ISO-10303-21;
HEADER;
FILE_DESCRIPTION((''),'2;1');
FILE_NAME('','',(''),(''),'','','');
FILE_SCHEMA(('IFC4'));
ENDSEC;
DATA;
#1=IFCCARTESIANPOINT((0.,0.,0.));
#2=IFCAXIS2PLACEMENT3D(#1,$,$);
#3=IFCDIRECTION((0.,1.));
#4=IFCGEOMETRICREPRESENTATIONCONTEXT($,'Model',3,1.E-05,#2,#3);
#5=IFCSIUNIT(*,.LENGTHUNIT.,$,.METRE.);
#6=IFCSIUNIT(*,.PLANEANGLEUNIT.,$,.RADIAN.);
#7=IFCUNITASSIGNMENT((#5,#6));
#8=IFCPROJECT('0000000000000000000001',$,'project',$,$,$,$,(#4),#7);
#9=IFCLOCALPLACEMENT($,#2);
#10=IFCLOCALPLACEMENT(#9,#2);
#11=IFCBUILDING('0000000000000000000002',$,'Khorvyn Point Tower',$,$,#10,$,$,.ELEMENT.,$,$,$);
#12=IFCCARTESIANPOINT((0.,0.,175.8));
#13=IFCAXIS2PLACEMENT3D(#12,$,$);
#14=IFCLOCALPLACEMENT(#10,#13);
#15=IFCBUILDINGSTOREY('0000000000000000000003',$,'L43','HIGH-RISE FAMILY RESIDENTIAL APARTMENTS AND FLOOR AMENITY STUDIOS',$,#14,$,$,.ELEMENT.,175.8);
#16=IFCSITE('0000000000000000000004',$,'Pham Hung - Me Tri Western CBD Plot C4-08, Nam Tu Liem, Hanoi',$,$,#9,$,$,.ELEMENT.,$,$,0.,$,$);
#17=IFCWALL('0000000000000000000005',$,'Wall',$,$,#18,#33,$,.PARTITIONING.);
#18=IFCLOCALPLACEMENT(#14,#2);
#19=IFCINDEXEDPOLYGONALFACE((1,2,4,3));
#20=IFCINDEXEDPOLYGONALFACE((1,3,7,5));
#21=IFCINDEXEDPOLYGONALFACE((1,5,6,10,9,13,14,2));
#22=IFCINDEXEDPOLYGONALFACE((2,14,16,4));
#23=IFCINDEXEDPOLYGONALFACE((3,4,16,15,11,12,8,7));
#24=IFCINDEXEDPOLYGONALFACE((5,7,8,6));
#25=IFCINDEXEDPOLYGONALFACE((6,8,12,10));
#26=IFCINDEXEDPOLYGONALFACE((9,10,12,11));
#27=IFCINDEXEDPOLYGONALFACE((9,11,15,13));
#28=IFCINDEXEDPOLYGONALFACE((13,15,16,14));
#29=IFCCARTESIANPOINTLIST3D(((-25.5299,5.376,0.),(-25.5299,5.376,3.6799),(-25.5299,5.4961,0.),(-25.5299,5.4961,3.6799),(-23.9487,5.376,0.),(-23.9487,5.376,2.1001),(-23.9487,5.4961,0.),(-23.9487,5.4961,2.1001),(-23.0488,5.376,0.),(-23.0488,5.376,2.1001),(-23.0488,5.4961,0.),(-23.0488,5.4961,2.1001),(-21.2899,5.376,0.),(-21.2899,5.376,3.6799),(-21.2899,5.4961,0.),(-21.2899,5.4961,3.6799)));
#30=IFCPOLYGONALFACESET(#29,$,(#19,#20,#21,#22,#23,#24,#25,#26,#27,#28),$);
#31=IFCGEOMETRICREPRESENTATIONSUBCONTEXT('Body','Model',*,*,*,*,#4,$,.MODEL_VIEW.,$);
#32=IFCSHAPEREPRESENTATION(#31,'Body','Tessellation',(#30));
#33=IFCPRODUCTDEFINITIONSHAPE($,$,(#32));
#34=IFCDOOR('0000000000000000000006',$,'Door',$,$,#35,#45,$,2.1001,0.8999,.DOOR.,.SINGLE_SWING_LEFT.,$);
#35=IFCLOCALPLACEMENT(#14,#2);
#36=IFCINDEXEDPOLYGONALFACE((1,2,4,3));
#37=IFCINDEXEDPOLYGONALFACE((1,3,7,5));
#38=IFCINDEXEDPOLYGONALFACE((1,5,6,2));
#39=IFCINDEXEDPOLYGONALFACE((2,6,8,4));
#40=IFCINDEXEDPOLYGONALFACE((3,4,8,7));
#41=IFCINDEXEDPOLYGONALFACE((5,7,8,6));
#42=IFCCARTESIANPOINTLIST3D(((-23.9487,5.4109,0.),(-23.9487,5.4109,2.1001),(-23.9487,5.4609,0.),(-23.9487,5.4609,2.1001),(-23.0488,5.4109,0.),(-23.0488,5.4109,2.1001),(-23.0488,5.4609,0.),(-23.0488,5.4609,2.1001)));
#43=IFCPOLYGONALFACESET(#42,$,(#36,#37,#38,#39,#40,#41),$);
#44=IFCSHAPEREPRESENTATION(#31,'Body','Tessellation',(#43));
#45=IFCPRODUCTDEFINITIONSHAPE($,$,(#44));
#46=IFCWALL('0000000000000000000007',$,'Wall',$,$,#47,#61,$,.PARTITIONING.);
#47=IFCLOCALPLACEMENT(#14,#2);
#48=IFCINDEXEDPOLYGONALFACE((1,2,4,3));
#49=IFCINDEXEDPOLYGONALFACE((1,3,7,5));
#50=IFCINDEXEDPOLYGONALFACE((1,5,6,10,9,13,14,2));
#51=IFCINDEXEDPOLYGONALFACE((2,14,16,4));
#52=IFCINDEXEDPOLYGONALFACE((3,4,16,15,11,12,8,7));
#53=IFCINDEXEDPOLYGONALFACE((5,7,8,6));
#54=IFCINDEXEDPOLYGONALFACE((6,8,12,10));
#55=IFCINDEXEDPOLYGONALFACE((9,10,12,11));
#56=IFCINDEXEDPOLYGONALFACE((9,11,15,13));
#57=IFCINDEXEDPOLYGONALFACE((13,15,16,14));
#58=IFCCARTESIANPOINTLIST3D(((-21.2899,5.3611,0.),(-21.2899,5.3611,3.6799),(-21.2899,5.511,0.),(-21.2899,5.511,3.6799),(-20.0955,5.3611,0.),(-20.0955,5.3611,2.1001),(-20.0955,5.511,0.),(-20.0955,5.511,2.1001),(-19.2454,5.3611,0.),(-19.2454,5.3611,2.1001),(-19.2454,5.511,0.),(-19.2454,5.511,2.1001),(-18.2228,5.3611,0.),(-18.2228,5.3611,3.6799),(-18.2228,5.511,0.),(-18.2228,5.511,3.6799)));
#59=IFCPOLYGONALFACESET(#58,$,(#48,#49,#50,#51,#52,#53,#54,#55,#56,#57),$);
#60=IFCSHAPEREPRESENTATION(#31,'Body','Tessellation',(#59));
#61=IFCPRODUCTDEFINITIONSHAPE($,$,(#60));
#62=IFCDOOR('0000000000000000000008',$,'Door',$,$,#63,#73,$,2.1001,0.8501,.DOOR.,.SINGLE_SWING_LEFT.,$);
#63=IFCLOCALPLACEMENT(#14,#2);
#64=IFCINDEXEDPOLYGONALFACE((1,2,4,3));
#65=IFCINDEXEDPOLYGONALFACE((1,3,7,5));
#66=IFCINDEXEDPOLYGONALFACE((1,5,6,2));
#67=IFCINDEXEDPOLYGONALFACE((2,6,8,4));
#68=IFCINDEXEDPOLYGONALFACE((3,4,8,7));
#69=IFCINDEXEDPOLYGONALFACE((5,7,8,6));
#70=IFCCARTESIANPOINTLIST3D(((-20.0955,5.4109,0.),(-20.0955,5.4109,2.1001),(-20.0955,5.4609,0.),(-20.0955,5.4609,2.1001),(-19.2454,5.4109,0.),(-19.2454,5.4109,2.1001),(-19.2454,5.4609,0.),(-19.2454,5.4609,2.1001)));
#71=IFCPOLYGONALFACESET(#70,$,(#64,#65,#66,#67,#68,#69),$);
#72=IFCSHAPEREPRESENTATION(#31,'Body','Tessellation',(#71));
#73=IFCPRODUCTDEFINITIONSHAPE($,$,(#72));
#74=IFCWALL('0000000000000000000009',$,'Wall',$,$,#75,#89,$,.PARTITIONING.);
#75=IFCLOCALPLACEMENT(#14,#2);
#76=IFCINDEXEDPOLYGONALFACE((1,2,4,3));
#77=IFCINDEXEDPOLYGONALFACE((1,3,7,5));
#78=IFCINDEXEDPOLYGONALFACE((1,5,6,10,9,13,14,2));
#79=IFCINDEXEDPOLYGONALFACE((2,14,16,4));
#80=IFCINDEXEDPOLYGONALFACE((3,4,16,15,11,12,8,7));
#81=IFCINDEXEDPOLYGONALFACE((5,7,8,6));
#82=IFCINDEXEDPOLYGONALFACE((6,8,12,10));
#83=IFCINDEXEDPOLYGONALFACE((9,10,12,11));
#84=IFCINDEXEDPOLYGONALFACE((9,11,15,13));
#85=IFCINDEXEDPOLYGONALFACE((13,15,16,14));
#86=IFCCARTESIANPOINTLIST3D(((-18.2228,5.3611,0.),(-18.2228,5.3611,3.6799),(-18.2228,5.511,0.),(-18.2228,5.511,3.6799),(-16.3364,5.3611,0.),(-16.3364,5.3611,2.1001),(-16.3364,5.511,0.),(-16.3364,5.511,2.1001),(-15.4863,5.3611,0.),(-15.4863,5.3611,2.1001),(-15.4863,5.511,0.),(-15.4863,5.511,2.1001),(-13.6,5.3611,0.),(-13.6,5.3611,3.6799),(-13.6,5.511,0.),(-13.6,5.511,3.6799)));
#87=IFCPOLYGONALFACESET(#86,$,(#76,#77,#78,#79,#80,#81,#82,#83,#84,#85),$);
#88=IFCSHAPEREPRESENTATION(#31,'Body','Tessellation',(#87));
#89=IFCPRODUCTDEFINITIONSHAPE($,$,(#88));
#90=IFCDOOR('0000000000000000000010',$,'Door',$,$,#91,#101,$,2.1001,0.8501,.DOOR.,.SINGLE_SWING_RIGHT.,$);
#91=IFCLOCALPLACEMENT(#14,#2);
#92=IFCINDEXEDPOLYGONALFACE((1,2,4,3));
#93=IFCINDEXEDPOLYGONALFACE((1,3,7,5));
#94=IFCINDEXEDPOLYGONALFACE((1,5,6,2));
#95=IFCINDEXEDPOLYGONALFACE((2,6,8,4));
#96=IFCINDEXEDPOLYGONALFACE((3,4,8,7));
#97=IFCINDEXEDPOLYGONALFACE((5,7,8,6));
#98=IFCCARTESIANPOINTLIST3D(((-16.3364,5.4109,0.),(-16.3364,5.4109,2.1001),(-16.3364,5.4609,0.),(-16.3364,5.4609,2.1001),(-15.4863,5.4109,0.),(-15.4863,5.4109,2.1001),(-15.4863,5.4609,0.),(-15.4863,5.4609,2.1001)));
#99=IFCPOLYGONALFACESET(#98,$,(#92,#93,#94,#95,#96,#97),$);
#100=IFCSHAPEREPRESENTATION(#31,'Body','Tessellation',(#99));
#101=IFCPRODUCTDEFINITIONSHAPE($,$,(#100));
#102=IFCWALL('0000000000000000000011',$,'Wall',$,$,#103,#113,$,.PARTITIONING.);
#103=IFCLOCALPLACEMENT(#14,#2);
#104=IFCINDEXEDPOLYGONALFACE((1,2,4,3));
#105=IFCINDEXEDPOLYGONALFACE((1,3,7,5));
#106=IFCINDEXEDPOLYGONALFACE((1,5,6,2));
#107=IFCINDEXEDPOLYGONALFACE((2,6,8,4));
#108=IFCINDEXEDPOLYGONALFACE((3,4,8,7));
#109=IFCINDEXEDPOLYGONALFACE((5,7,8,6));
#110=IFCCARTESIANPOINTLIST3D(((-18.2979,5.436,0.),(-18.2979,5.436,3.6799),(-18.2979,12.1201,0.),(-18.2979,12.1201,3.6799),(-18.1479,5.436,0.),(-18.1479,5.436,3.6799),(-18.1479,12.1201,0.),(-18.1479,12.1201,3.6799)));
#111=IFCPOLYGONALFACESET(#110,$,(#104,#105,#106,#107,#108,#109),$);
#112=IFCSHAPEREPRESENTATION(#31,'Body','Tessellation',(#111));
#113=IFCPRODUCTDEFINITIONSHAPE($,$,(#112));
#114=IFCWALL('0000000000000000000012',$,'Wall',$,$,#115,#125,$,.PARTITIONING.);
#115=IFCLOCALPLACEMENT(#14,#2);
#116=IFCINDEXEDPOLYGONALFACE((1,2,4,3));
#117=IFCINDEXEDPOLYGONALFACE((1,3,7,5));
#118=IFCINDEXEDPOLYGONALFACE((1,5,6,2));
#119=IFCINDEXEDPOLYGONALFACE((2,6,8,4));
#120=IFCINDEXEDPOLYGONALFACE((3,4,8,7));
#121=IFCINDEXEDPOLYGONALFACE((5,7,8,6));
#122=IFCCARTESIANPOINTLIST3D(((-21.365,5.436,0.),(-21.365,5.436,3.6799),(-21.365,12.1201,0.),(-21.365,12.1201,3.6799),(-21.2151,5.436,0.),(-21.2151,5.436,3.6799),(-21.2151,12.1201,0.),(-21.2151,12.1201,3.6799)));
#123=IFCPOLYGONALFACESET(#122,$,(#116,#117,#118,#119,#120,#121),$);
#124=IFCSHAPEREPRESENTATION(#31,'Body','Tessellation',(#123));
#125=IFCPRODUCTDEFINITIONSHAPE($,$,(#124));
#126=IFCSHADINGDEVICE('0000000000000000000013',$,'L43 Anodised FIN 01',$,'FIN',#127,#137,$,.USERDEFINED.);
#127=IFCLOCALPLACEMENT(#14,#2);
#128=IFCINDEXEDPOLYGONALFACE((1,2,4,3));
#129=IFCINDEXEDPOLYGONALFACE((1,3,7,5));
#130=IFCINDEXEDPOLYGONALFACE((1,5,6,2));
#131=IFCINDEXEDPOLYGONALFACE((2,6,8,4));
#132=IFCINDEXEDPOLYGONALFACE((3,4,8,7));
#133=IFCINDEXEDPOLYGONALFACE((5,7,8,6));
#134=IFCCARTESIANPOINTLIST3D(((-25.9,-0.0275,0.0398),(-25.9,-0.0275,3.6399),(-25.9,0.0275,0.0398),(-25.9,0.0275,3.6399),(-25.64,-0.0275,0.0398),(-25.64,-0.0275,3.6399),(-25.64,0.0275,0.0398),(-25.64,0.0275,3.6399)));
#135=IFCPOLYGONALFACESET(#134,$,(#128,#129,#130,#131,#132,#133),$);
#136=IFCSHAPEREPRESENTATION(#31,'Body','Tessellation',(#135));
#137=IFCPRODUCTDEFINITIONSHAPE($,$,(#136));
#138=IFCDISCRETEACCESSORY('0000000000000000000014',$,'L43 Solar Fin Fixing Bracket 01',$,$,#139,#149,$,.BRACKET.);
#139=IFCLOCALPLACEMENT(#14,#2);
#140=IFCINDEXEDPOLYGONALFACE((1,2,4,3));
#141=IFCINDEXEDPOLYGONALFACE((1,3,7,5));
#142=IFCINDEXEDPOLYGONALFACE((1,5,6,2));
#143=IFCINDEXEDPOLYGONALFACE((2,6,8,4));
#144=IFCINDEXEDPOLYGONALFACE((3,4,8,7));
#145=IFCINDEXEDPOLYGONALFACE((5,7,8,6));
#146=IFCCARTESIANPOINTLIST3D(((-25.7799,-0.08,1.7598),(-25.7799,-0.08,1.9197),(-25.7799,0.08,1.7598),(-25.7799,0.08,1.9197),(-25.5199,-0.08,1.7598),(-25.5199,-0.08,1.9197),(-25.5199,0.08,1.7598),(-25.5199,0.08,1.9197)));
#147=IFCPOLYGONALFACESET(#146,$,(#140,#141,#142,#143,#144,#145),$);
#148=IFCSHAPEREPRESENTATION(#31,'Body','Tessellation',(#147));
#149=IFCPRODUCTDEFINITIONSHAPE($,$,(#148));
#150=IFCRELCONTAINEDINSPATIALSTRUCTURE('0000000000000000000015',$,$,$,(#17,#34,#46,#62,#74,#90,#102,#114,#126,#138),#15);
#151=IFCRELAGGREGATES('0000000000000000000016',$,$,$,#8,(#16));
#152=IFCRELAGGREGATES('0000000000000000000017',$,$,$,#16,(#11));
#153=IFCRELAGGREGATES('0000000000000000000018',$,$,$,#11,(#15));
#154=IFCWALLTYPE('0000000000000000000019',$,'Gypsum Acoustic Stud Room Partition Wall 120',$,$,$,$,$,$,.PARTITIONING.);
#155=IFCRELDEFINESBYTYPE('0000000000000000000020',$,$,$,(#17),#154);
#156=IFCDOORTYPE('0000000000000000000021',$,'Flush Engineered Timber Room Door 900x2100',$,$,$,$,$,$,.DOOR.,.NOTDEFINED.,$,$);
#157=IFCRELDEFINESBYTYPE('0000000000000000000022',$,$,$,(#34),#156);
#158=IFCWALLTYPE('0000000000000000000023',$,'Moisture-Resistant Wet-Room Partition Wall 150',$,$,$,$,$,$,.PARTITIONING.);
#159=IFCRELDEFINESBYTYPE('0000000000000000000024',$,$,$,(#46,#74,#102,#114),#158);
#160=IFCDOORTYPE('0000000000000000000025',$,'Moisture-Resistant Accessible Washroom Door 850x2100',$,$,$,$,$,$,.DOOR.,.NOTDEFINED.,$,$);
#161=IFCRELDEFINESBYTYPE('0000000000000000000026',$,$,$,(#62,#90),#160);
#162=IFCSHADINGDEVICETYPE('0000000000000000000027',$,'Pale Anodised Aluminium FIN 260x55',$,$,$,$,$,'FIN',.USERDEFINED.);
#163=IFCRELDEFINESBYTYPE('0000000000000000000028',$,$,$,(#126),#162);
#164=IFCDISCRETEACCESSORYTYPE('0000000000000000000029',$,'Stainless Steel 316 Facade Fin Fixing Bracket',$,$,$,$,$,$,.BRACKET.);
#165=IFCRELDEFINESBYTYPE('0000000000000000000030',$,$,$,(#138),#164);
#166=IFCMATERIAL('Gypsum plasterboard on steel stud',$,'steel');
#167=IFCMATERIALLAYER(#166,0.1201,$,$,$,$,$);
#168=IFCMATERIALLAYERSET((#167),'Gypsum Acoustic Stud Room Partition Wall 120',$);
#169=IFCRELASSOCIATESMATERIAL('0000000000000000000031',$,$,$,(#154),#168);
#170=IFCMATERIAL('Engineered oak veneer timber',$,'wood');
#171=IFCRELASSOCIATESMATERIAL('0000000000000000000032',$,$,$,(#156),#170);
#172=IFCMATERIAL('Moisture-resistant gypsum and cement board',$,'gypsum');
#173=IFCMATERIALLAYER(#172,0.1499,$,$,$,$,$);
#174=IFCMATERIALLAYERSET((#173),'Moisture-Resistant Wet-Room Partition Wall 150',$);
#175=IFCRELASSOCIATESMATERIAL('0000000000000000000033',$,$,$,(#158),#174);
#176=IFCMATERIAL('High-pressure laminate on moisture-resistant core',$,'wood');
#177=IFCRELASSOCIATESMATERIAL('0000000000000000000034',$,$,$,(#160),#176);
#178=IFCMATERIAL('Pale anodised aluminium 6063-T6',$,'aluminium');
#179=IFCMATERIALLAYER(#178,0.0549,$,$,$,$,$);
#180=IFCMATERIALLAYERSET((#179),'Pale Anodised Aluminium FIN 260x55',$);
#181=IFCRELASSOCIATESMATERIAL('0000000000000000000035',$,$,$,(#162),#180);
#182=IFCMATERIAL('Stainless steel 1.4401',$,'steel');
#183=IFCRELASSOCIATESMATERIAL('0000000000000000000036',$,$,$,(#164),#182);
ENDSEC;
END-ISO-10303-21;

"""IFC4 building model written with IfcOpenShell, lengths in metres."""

from ifc_helpers import new_model, si_unit, direction, frame, frame_2d, origin, origin_2d, place, context, subcontext, project, spatial, rectangle, extrude, material, layer, layer_set, type_object, element, fill, save


model = new_model("IFC4")

# Units and contexts
model_context = context("Model", 3, precision=1e-05, world=origin(), true_north=direction((0.0, 1.0)))
body_context = subcontext(model_context, "Body", "Model", "MODEL_VIEW")
ifc_project = project(units=[si_unit("LENGTHUNIT", "METRE"), si_unit("PLANEANGLEUNIT", "RADIAN")], contexts=[model_context])

# Site, building, storey
site_placement = place(None, origin())
site = spatial("IfcSite", under=ifc_project, at=site_placement, Name="Pham Hung - Me Tri Western CBD Plot C4-08, Nam Tu Liem, Hanoi", CompositionType="ELEMENT", RefElevation=0.0)
building_placement = place(site_placement, origin())
building = spatial("IfcBuilding", under=site, at=building_placement, Name="Khorvyn Point Tower", CompositionType="ELEMENT")
storey_placement = place(building_placement, frame((0.0, 0.0, 175.8)))
storey = spatial("IfcBuildingStorey", under=building, at=storey_placement, Name="L43", Description="HIGH-RISE FAMILY RESIDENTIAL APARTMENTS AND FLOOR AMENITY STUDIOS", CompositionType="ELEMENT", Elevation=175.8)

# Walls, openings, doors
ifc_material_1 = material(Name="Gypsum plasterboard on steel stud", Category="steel")
ifc_layer_1 = layer(ifc_material_1, 0.1201)
ifc_layer_set_1 = layer_set([ifc_layer_1], Name="Gypsum Acoustic Stud Room Partition Wall 120")
wall_type_1 = type_object("IfcWallType", Name="Gypsum Acoustic Stud Room Partition Wall 120", PredefinedType="PARTITIONING", material=ifc_layer_set_1)
wall_1_placement = place(storey_placement, frame((-25.53, 5.436, 0.0), z_axis=(0.0, 0.0, 1.0), x_axis=(1.0, 0.0, 0.0)))
wall_1 = element("IfcWall", 1, at=wall_1_placement, inside=storey, type_object=wall_type_1, Name="Wall", PredefinedType="PARTITIONING", context=body_context, shape_type="SweptSolid", body=[
    extrude(rectangle(XDim=4.24, YDim=0.1201, at=frame_2d((2.1201, 0.0))), origin(), (0.0, 0.0, 1.0), 3.6799),
])
opening_1_placement = place(wall_1_placement, frame((1.5813, 0.0, 0.0)))
opening_1 = element("IfcOpeningElement", 2, at=opening_1_placement, cuts=wall_1, PredefinedType="OPENING", context=body_context, shape_type="SweptSolid", body=[
    extrude(rectangle(XDim=0.8999, YDim=2.1001, at=frame_2d((0.45, 1.05))), frame((0.0, 0.0701, 0.0), z_axis=(0.0, -1.0, 0.0), x_axis=(1.0, 0.0, 0.0)), (0.0, 0.0, 1.0), 0.1401),
])
ifc_material_2 = material(Name="Engineered oak veneer timber", Category="wood")
door_type_1 = type_object("IfcDoorType", Name="Flush Engineered Timber Room Door 900x2100", OperationType="NOTDEFINED", PredefinedType="DOOR", material=ifc_material_2)
door_1_placement = place(opening_1_placement, origin())
door_1 = element("IfcDoor", 3, at=door_1_placement, inside=storey, type_object=door_type_1, Name="Door", OperationType="SINGLE_SWING_LEFT", OverallHeight=2.1001, OverallWidth=0.8999, PredefinedType="DOOR", context=body_context, shape_type="SweptSolid", body=[
    extrude(rectangle(XDim=0.8999, YDim=2.1001, at=frame_2d((0.45, 1.05))), frame((0.0, 0.0249, 0.0), z_axis=(0.0, -1.0, 0.0), x_axis=(1.0, 0.0, 0.0)), (0.0, 0.0, 1.0), 0.05),
])
fill(opening_1, door_1)
ifc_material_3 = material(Name="Moisture-resistant gypsum and cement board", Category="gypsum")
ifc_layer_2 = layer(ifc_material_3, 0.1499)
ifc_layer_set_2 = layer_set([ifc_layer_2], Name="Moisture-Resistant Wet-Room Partition Wall 150")
wall_type_2 = type_object("IfcWallType", Name="Moisture-Resistant Wet-Room Partition Wall 150", PredefinedType="PARTITIONING", material=ifc_layer_set_2)
wall_2_placement = place(storey_placement, frame((-21.29, 5.436, 0.0), z_axis=(0.0, 0.0, 1.0), x_axis=(1.0, 0.0, 0.0)))
wall_2 = element("IfcWall", 4, at=wall_2_placement, inside=storey, type_object=wall_type_2, Name="Wall", PredefinedType="PARTITIONING", context=body_context, shape_type="SweptSolid", body=[
    extrude(rectangle(XDim=3.0671, YDim=0.1499, at=frame_2d((1.5337, 0.0))), origin(), (0.0, 0.0, 1.0), 3.6799),
])
opening_2_placement = place(wall_2_placement, frame((1.1946, 0.0, 0.0)))
opening_2 = element("IfcOpeningElement", 5, at=opening_2_placement, cuts=wall_2, PredefinedType="OPENING", context=body_context, shape_type="SweptSolid", body=[
    extrude(rectangle(XDim=0.8501, YDim=2.1001, at=frame_2d((0.425, 1.05))), frame((0.0, 0.085, 0.0), z_axis=(0.0, -1.0, 0.0), x_axis=(1.0, 0.0, 0.0)), (0.0, 0.0, 1.0), 0.1699),
])
ifc_material_4 = material(Name="High-pressure laminate on moisture-resistant core", Category="wood")
door_type_2 = type_object("IfcDoorType", Name="Moisture-Resistant Accessible Washroom Door 850x2100", OperationType="NOTDEFINED", PredefinedType="DOOR", material=ifc_material_4)
door_2_placement = place(opening_2_placement, origin())
door_2 = element("IfcDoor", 6, at=door_2_placement, inside=storey, type_object=door_type_2, Name="Door", OperationType="SINGLE_SWING_LEFT", OverallHeight=2.1001, OverallWidth=0.8501, PredefinedType="DOOR", context=body_context, shape_type="SweptSolid", body=[
    extrude(rectangle(XDim=0.8501, YDim=2.1001, at=frame_2d((0.425, 1.05))), frame((0.0, 0.0249, 0.0), z_axis=(0.0, -1.0, 0.0), x_axis=(1.0, 0.0, 0.0)), (0.0, 0.0, 1.0), 0.05),
])
fill(opening_2, door_2)
wall_3_placement = place(storey_placement, frame((-18.2229, 5.436, 0.0), z_axis=(0.0, 0.0, 1.0), x_axis=(1.0, 0.0, 0.0)))
wall_3 = element("IfcWall", 7, at=wall_3_placement, inside=storey, type_object=wall_type_2, Name="Wall", PredefinedType="PARTITIONING", context=body_context, shape_type="SweptSolid", body=[
    extrude(rectangle(XDim=4.6228, YDim=0.1499, at=frame_2d((2.3115, 0.0))), origin(), (0.0, 0.0, 1.0), 3.6799),
])
opening_3_placement = place(wall_3_placement, frame((1.8865, 0.0, 0.0)))
opening_3 = element("IfcOpeningElement", 8, at=opening_3_placement, cuts=wall_3, PredefinedType="OPENING", context=body_context, shape_type="SweptSolid", body=[
    extrude(rectangle(XDim=0.8501, YDim=2.1001, at=frame_2d((0.425, 1.05))), frame((0.0, 0.085, 0.0), z_axis=(0.0, -1.0, 0.0), x_axis=(1.0, 0.0, 0.0)), (0.0, 0.0, 1.0), 0.1699),
])
door_3_placement = place(opening_3_placement, origin())
door_3 = element("IfcDoor", 9, at=door_3_placement, inside=storey, type_object=door_type_2, Name="Door", OperationType="SINGLE_SWING_RIGHT", OverallHeight=2.1001, OverallWidth=0.8501, PredefinedType="DOOR", context=body_context, shape_type="SweptSolid", body=[
    extrude(rectangle(XDim=0.8501, YDim=2.1001, at=frame_2d((0.425, 1.05))), frame((0.0, 0.0249, 0.0), z_axis=(0.0, -1.0, 0.0), x_axis=(1.0, 0.0, 0.0)), (0.0, 0.0, 1.0), 0.05),
])
fill(opening_3, door_3)

# Walls
for number, where, z_axis, x_axis, name in (
    (10, (-18.2229, 5.436, 0.0), (0.0, 0.0, 1.0), (0.0, 1.0, 0.0), "Wall"),
    (11, (-21.29, 5.436, 0.0), (0.0, 0.0, 1.0), (0.0, 1.0, 0.0), "Wall"),
):
    element("IfcWall", number, at=place(storey_placement, frame(where, z_axis=z_axis, x_axis=x_axis)), inside=storey, type_object=wall_type_2, Name=name, PredefinedType="PARTITIONING", context=body_context, shape_type="SweptSolid", body=[
        extrude(rectangle(XDim=6.6841, YDim=0.1499, at=frame_2d((3.342, 0.0))), origin(), (0.0, 0.0, 1.0), 3.6799),
    ])

# Shading device
ifc_material_5 = material(Name="Pale anodised aluminium 6063-T6", Category="aluminium")
ifc_layer_3 = layer(ifc_material_5, 0.0549)
ifc_layer_set_3 = layer_set([ifc_layer_3], Name="Pale Anodised Aluminium FIN 260x55")
shading_device_type = type_object("IfcShadingDeviceType", Name="Pale Anodised Aluminium FIN 260x55", ElementType="FIN", PredefinedType="USERDEFINED", material=ifc_layer_set_3)
shading_device_placement = place(storey_placement, frame((-25.77, 0.0, 0.0398), z_axis=(0.0, 0.0, 1.0), x_axis=(-1.0, 0.0, 0.0)))
element("IfcShadingDevice", 12, at=shading_device_placement, inside=storey, type_object=shading_device_type, Name="L43 Anodised FIN 01", ObjectType="FIN", PredefinedType="USERDEFINED", context=body_context, shape_type="SweptSolid", body=[
    extrude(rectangle(XDim=0.26, YDim=0.0549, at=origin_2d()), origin(), (0.0, 0.0, 1.0), 3.6001),
])

# Discrete accessory
ifc_material_6 = material(Name="Stainless steel 1.4401", Category="steel")
discrete_accessory_type = type_object("IfcDiscreteAccessoryType", Name="Stainless Steel 316 Facade Fin Fixing Bracket", PredefinedType="BRACKET", material=ifc_material_6)
discrete_accessory_placement = place(storey_placement, frame((-25.6499, 0.0, 1.7598), z_axis=(0.0, 0.0, 1.0), x_axis=(0.0, 1.0, 0.0)))
element("IfcDiscreteAccessory", 13, at=discrete_accessory_placement, inside=storey, type_object=discrete_accessory_type, Name="L43 Solar Fin Fixing Bracket 01", PredefinedType="BRACKET", context=body_context, shape_type="SweptSolid", body=[
    extrude(rectangle(XDim=0.1599, YDim=0.26, at=origin_2d()), origin(), (0.0, 0.0, 1.0), 0.1599),
])

save(model, "model.ifc")
